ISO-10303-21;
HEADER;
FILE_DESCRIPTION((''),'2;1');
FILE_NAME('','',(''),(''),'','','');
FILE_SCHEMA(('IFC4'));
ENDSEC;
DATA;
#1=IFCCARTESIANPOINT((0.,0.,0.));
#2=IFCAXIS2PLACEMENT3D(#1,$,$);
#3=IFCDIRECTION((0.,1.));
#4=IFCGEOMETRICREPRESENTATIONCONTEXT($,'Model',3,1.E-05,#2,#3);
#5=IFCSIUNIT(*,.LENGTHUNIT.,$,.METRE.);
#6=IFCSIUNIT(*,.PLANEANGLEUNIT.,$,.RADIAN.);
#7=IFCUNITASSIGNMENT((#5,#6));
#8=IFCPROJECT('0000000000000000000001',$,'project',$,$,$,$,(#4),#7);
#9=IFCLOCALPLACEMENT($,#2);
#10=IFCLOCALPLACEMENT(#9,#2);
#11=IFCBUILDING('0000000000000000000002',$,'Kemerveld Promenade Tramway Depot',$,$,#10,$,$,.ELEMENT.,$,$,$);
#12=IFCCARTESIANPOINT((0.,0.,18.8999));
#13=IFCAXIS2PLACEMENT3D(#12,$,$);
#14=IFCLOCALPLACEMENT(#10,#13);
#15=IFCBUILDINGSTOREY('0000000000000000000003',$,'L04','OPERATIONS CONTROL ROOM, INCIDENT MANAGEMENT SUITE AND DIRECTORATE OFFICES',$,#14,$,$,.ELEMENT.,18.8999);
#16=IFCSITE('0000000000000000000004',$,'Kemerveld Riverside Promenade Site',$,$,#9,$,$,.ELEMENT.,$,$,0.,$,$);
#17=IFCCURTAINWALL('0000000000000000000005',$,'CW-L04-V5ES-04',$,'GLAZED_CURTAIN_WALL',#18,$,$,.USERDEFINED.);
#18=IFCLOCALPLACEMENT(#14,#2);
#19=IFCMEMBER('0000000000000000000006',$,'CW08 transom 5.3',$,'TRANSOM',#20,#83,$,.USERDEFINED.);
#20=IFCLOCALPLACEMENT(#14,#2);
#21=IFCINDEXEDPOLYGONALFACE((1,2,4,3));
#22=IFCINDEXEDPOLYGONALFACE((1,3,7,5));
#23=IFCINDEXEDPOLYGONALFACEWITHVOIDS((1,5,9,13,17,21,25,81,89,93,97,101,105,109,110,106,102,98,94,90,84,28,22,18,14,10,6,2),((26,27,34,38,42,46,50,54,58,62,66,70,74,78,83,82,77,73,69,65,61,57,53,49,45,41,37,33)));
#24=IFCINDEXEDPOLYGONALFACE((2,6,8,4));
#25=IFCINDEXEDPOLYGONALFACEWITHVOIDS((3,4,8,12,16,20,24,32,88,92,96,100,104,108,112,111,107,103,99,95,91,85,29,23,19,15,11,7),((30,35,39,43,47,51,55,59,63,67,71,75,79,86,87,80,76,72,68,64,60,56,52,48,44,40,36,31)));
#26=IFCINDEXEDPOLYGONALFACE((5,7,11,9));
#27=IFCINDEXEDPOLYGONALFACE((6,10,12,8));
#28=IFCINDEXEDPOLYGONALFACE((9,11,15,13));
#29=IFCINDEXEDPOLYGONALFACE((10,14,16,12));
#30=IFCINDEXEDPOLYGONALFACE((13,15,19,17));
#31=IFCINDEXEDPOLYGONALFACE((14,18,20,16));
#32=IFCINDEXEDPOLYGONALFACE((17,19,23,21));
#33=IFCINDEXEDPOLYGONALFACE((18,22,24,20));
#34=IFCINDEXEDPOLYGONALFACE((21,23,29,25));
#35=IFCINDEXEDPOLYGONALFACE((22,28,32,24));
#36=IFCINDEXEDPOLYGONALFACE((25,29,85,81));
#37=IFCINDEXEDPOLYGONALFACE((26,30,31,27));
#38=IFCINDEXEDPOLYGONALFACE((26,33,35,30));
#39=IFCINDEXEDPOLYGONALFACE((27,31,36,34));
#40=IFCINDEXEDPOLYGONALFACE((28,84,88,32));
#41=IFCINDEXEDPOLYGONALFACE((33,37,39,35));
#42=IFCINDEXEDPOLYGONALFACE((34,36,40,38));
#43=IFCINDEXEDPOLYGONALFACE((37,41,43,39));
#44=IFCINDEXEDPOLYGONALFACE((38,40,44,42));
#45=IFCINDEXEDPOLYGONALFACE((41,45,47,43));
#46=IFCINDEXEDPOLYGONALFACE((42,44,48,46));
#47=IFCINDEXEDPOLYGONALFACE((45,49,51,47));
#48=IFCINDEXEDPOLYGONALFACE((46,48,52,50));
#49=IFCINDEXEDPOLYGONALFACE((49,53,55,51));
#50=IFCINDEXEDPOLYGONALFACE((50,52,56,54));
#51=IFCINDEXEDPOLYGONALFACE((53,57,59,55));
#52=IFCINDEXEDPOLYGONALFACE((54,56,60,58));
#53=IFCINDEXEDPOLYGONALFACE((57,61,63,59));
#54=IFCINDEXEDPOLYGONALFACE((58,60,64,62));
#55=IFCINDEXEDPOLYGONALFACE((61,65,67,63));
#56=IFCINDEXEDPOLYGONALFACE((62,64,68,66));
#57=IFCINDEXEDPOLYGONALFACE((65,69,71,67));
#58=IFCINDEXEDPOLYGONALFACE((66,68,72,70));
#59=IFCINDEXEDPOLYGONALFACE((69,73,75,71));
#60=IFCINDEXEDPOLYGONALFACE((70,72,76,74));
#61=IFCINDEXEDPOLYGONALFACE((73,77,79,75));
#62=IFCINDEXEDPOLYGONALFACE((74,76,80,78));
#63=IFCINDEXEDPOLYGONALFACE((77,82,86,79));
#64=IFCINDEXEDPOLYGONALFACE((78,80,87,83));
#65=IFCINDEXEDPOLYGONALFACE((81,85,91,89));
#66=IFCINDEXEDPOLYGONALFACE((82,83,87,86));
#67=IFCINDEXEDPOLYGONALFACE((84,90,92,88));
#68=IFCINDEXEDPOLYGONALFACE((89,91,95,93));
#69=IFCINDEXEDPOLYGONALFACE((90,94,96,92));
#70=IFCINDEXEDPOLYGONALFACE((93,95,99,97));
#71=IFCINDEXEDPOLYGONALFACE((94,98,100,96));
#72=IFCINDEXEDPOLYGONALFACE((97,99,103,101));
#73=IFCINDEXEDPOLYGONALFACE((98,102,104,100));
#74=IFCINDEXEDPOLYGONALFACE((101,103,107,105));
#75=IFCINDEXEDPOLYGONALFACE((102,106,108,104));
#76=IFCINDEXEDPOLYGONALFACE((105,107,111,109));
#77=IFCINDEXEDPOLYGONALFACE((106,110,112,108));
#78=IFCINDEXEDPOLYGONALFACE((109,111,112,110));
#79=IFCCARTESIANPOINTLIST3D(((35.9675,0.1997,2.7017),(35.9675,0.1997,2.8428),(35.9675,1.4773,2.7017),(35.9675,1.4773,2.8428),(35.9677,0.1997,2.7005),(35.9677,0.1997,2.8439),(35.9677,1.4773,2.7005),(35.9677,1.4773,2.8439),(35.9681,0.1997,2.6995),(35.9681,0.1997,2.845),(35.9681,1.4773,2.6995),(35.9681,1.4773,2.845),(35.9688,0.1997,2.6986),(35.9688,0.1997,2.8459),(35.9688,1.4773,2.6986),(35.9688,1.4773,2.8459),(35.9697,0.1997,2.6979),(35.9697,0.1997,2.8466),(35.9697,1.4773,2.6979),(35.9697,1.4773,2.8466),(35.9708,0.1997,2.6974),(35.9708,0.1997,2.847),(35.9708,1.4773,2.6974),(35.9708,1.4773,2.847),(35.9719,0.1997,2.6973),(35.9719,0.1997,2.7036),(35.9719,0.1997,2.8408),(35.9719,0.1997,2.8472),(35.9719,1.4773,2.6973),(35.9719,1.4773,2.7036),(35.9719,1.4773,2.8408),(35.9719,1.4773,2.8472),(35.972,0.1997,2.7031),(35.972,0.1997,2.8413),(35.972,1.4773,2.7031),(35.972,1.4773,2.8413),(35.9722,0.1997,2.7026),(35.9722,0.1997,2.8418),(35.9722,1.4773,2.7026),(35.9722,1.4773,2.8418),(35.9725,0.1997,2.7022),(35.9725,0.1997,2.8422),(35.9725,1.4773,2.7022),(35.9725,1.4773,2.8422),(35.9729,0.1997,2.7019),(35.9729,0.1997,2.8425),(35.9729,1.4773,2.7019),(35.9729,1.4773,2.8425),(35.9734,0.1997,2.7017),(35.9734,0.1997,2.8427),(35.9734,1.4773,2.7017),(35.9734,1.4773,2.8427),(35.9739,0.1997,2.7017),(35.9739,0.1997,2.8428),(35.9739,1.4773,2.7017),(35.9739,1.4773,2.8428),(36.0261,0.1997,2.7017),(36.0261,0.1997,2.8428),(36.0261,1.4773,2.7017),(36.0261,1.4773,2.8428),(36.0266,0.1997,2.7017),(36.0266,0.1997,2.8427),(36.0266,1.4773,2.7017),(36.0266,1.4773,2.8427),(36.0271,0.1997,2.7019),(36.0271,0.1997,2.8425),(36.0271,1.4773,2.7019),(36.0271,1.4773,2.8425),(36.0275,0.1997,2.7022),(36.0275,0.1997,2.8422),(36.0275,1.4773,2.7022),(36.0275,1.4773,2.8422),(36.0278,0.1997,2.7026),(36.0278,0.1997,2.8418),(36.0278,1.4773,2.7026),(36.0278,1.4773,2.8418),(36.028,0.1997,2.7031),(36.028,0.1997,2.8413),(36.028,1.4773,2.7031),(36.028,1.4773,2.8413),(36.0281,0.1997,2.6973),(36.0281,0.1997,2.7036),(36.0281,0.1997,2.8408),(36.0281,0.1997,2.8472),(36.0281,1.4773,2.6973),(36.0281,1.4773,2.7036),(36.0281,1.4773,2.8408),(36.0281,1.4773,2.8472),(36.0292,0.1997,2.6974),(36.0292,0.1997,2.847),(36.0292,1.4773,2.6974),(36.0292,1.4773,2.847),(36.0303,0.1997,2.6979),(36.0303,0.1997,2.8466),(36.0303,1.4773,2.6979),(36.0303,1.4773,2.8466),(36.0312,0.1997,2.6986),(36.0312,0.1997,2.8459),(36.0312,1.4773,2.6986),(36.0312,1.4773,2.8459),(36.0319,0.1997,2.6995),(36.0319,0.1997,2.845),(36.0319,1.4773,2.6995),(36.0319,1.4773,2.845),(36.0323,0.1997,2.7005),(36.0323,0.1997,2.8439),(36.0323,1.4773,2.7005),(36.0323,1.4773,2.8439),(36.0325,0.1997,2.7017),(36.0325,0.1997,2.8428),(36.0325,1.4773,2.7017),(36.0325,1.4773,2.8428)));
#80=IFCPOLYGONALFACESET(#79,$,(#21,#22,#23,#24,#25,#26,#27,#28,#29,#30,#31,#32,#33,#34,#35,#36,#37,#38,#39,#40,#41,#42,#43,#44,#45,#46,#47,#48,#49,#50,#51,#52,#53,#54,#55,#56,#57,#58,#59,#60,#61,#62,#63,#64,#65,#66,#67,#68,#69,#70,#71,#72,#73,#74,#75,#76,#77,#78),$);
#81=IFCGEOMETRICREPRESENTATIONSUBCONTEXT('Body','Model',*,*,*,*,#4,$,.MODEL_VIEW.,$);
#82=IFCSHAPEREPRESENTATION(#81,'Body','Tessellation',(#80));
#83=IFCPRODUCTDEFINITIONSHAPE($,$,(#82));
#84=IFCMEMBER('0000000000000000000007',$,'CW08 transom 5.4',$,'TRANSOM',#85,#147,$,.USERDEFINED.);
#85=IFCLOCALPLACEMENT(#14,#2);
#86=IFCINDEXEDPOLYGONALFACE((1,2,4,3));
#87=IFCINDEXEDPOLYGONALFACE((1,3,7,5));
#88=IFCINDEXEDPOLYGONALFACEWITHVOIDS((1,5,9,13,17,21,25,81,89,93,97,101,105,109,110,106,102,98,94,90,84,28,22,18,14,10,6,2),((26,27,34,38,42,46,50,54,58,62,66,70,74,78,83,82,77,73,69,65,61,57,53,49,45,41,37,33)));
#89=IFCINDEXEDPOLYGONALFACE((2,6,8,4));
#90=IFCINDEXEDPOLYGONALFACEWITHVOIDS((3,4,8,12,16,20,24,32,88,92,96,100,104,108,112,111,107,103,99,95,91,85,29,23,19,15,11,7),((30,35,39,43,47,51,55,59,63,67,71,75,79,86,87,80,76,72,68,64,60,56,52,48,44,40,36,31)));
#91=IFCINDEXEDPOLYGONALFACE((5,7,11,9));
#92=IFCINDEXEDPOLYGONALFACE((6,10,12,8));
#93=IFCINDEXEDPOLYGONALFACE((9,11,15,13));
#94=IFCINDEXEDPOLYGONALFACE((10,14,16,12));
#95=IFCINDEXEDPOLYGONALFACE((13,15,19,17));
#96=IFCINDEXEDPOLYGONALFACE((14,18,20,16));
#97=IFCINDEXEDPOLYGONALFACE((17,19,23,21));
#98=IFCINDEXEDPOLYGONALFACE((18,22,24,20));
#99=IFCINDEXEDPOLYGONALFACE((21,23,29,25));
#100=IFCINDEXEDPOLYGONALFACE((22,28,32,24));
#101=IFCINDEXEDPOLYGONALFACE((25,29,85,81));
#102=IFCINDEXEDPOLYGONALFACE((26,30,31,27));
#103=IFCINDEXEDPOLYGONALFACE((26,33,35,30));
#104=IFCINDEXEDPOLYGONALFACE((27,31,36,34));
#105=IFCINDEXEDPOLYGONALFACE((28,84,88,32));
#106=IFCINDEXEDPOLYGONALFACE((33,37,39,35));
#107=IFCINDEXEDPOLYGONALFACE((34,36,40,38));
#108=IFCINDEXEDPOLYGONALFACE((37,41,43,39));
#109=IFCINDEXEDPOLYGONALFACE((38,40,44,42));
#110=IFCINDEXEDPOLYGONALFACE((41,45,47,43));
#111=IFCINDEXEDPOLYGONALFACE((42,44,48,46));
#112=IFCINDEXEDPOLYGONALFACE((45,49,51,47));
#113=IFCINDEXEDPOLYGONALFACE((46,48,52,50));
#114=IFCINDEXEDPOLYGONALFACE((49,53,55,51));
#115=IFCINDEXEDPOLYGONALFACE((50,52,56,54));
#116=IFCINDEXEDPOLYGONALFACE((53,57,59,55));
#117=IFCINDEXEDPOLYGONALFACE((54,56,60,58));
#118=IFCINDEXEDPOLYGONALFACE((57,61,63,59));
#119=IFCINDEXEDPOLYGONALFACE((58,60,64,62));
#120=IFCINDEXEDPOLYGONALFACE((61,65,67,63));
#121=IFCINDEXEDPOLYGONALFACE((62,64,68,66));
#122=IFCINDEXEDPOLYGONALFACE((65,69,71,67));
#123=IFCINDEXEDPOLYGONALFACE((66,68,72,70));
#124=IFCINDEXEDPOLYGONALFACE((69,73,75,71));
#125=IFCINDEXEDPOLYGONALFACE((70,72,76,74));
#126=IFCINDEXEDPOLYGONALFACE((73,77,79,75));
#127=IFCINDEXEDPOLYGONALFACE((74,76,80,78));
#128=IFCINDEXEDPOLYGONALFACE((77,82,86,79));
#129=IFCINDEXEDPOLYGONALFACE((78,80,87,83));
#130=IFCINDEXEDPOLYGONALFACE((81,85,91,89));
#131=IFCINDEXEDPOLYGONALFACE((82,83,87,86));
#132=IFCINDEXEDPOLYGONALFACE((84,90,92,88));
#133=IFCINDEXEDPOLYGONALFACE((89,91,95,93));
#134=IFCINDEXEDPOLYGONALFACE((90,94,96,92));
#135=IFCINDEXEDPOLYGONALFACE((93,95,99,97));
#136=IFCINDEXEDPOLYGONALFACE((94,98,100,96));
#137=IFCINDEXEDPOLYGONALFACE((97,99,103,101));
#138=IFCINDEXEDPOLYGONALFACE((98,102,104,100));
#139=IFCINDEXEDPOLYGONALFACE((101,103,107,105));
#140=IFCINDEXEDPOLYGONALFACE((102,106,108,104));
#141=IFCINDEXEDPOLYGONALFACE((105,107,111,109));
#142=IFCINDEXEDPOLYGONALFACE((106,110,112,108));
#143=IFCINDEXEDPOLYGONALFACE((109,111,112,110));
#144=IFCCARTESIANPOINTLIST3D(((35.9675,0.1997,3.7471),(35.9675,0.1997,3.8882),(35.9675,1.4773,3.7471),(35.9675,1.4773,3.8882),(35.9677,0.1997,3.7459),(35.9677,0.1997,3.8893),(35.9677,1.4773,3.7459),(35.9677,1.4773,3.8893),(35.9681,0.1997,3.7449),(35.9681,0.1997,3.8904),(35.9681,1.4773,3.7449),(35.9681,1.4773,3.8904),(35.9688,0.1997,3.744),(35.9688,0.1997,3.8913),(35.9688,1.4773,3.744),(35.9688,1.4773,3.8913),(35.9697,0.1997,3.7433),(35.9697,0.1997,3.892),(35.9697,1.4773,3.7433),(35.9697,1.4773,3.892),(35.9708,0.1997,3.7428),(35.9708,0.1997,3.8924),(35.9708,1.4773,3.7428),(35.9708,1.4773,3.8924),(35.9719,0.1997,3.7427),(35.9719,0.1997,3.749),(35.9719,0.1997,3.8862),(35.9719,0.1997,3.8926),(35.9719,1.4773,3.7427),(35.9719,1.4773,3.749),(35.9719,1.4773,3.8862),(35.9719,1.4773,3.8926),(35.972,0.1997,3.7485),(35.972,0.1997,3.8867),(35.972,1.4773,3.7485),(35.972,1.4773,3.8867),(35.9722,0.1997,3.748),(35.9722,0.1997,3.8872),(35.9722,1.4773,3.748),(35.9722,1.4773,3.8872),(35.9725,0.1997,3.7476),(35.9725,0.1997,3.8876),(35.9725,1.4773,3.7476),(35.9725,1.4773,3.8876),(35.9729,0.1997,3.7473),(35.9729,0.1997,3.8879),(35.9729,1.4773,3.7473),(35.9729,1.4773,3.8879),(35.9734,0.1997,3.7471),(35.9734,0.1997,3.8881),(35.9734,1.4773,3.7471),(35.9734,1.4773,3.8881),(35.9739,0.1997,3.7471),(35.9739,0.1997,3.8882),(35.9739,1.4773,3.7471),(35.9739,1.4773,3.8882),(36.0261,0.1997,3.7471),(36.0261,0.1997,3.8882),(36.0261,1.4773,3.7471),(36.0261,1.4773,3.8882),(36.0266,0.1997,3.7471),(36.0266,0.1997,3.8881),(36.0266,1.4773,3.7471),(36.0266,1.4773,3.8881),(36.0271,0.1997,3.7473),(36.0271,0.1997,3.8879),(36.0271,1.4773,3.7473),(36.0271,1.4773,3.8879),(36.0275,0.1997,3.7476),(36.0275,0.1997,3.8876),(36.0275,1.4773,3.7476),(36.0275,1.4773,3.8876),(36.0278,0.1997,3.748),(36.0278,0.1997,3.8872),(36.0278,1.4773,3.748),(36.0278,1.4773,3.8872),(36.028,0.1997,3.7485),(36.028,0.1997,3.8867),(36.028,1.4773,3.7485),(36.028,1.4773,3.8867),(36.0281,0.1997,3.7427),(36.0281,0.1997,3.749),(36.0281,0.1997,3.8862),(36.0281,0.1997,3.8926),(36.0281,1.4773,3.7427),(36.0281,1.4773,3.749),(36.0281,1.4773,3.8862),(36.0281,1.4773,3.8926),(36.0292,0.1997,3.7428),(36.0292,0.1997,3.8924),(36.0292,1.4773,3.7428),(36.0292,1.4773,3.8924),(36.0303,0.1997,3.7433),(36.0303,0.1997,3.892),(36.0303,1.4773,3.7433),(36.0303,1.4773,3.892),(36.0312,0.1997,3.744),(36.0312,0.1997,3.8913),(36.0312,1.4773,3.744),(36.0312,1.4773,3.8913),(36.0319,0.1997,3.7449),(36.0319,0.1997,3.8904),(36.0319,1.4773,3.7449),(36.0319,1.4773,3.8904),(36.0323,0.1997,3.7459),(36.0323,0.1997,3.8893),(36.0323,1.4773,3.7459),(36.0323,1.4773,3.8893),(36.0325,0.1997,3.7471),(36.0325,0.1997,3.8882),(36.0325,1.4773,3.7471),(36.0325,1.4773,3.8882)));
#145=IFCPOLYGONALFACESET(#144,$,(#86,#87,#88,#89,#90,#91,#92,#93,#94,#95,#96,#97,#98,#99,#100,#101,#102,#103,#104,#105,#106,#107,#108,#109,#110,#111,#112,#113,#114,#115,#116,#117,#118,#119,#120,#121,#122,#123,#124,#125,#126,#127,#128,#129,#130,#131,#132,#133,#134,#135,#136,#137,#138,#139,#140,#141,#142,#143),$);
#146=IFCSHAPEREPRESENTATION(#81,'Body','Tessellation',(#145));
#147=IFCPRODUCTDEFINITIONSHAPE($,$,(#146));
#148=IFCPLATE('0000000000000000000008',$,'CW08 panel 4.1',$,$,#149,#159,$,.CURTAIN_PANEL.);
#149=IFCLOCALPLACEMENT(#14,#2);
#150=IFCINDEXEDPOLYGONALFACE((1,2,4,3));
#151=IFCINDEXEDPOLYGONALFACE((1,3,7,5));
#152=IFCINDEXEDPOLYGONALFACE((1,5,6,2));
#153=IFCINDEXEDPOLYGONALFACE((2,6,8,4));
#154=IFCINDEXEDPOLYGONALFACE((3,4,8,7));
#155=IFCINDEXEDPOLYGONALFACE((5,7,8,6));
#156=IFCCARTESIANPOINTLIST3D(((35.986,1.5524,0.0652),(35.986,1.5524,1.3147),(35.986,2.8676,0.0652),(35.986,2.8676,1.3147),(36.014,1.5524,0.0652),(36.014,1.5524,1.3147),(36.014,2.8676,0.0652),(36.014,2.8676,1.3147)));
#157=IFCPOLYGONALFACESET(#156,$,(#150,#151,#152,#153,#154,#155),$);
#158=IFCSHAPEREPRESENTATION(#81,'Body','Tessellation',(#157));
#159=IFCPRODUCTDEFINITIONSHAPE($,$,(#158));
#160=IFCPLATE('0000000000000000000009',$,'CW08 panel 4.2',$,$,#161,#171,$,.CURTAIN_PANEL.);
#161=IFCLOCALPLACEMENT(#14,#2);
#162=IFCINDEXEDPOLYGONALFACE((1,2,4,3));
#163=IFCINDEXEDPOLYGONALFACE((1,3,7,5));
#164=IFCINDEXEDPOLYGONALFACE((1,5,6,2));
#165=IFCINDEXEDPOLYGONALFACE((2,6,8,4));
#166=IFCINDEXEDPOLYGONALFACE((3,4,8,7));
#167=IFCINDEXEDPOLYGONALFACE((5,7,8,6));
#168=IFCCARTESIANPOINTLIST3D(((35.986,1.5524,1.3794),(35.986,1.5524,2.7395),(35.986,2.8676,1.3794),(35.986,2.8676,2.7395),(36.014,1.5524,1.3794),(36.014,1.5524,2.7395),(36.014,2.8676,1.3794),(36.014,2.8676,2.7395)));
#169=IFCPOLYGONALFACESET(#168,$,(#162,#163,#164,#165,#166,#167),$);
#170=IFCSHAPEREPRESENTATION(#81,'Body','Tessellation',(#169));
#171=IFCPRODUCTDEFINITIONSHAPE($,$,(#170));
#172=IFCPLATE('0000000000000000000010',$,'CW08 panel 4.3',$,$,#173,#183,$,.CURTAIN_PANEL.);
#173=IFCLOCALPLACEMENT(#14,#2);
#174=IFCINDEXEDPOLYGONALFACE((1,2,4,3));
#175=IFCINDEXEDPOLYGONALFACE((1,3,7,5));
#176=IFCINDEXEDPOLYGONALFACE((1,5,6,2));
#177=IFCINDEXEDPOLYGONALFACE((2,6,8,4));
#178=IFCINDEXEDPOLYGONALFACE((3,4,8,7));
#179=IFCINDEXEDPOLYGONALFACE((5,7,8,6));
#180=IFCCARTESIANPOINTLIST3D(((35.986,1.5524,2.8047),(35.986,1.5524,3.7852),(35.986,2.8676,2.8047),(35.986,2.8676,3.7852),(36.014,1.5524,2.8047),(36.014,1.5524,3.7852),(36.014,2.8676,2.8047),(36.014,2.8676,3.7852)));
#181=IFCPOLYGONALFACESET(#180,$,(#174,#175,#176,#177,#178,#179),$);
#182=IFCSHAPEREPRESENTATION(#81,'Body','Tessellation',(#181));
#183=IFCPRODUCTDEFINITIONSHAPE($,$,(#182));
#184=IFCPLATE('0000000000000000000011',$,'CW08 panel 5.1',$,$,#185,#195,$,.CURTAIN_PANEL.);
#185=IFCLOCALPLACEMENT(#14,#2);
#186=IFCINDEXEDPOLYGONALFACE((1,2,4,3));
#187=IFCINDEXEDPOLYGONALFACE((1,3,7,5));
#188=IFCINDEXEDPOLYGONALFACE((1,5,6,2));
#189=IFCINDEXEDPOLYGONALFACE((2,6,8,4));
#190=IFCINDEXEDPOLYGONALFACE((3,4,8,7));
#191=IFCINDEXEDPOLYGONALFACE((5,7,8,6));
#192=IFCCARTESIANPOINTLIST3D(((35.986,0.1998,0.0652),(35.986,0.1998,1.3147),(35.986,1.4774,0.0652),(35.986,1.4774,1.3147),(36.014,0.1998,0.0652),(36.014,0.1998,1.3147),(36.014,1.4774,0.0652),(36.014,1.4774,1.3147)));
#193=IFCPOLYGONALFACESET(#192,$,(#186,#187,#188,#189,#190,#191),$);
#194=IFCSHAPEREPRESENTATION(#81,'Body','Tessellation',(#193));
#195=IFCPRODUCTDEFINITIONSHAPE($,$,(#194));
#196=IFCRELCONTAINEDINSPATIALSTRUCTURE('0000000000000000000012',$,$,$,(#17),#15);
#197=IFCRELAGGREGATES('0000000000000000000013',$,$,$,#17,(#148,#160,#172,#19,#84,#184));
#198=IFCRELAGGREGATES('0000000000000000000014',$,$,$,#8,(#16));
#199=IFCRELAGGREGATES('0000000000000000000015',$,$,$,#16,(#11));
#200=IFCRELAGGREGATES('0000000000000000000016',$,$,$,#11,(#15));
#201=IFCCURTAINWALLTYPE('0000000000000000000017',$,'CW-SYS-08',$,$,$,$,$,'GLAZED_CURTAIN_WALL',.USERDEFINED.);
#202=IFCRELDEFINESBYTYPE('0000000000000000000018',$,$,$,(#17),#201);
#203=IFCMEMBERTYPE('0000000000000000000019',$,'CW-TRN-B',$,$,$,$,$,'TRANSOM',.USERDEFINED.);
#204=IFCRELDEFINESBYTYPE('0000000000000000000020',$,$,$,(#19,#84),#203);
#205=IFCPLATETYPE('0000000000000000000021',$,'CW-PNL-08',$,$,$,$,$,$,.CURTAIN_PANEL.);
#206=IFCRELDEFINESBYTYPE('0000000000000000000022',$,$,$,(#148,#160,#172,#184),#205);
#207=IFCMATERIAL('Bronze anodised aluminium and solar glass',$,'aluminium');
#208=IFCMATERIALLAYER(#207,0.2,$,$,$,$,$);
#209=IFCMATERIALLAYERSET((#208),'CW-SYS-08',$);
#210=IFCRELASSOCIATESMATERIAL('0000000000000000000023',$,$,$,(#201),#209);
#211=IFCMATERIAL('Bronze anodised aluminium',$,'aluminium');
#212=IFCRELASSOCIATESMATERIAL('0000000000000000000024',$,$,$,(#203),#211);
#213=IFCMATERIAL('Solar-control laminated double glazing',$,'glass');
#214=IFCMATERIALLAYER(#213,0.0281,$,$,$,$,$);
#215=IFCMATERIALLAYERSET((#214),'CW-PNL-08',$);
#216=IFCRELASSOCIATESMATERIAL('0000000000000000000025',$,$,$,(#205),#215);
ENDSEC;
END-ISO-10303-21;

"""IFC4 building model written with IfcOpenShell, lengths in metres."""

from ifc_helpers import new_model, si_unit, direction, frame, origin, origin_2d, place, context, subcontext, project, spatial, rectangle, hollow_rectangle, extrude, material, layer, layer_set, material_profile, profile_set, type_object, element, aggregate, save


model = new_model("IFC4")

# Units and contexts
model_context = context("Model", 3, precision=1e-05, world=origin(), true_north=direction((0.0, 1.0)))
body_context = subcontext(model_context, "Body", "Model", "MODEL_VIEW")
ifc_project = project(units=[si_unit("LENGTHUNIT", "METRE"), si_unit("PLANEANGLEUNIT", "RADIAN")], contexts=[model_context])

# Site, building, storey
site_placement = place(None, origin())
site = spatial("IfcSite", under=ifc_project, at=site_placement, Name="Kemerveld Riverside Promenade Site", CompositionType="ELEMENT", RefElevation=0.0)
building_placement = place(site_placement, origin())
building = spatial("IfcBuilding", under=site, at=building_placement, Name="Kemerveld Promenade Tramway Depot", CompositionType="ELEMENT")
storey_placement = place(building_placement, frame((0.0, 0.0, 18.8999)))
storey = spatial("IfcBuildingStorey", under=building, at=storey_placement, Name="L04", Description="OPERATIONS CONTROL ROOM, INCIDENT MANAGEMENT SUITE AND DIRECTORATE OFFICES", CompositionType="ELEMENT", Elevation=18.8999)

# Shared definitions
ifc_material_1 = material(Name="Bronze anodised aluminium and solar glass", Category="aluminium")
ifc_material_2 = material(Name="Bronze anodised aluminium", Category="aluminium")

# Curtain wall
ifc_layer_1 = layer(ifc_material_1, 0.2)
ifc_layer_set_1 = layer_set([ifc_layer_1], Name="CW-SYS-08")
curtain_wall_type_1 = type_object("IfcCurtainWallType", Name="CW-SYS-08", ElementType="GLAZED_CURTAIN_WALL", PredefinedType="USERDEFINED", material=ifc_layer_set_1)
curtain_wall_1_placement = place(storey_placement, origin())
curtain_wall_1 = element("IfcCurtainWall", 1, at=curtain_wall_1_placement, inside=storey, type_object=curtain_wall_type_1, Name="CW-L04-V5ES-04", ObjectType="GLAZED_CURTAIN_WALL", PredefinedType="USERDEFINED")

# Members
ifc_material_profile_1 = material_profile(ifc_material_2, hollow_rectangle(XDim=0.0649, YDim=0.1499, WallThickness=0.0044, InnerFilletRadius=0.002, OuterFilletRadius=0.0044, at=origin_2d()), Name="CW-TRN-150x65")
ifc_profile_set_1 = profile_set([ifc_material_profile_1], Name="Bronze anodised aluminium")
member_type_1 = type_object("IfcMemberType", Name="CW-TRN-B", ElementType="TRANSOM", PredefinedType="USERDEFINED", material=ifc_profile_set_1)
member_1_placement = place(storey_placement, frame((36.0, 1.4773, 2.7722), z_axis=(0.0, -1.0, 0.0), x_axis=(1.0, 0.0, 0.0)))
member_1 = element("IfcMember", 2, at=member_1_placement, type_object=member_type_1, Name="CW08 transom 5.3", ObjectType="TRANSOM", PredefinedType="USERDEFINED", context=body_context, shape_type="SweptSolid", body=[
    extrude(hollow_rectangle(XDim=0.0649, YDim=0.1499, WallThickness=0.0044, InnerFilletRadius=0.002, OuterFilletRadius=0.0044, at=origin_2d()), origin(), (0.0, 0.0, 1.0), 1.2776),
])
member_2_placement = place(storey_placement, frame((36.0, 1.4773, 3.8176), z_axis=(0.0, -1.0, 0.0), x_axis=(1.0, 0.0, 0.0)))
member_2 = element("IfcMember", 3, at=member_2_placement, type_object=member_type_1, Name="CW08 transom 5.4", ObjectType="TRANSOM", PredefinedType="USERDEFINED", context=body_context, shape_type="SweptSolid", body=[
    extrude(hollow_rectangle(XDim=0.0649, YDim=0.1499, WallThickness=0.0044, InnerFilletRadius=0.002, OuterFilletRadius=0.0044, at=origin_2d()), origin(), (0.0, 0.0, 1.0), 1.2776),
])

# Plates
ifc_material_3 = material(Name="Solar-control laminated double glazing", Category="glass")
ifc_layer_2 = layer(ifc_material_3, 0.0281)
ifc_layer_set_2 = layer_set([ifc_layer_2], Name="CW-PNL-08")
plate_type_1 = type_object("IfcPlateType", Name="CW-PNL-08", PredefinedType="CURTAIN_PANEL", material=ifc_layer_set_2)
plate_1_placement = place(storey_placement, frame((36.0, 2.21, 0.0652), z_axis=(0.0, 0.0, 1.0), x_axis=(0.0, -1.0, 0.0)))
plate_1 = element("IfcPlate", 4, at=plate_1_placement, type_object=plate_type_1, Name="CW08 panel 4.1", PredefinedType="CURTAIN_PANEL", context=body_context, shape_type="SweptSolid", body=[
    extrude(rectangle(XDim=1.3152, YDim=0.0281, at=origin_2d()), origin(), (0.0, 0.0, 1.0), 1.2495),
])
plate_2_placement = place(storey_placement, frame((36.0, 2.21, 1.3794), z_axis=(0.0, 0.0, 1.0), x_axis=(0.0, -1.0, 0.0)))
plate_2 = element("IfcPlate", 5, at=plate_2_placement, type_object=plate_type_1, Name="CW08 panel 4.2", PredefinedType="CURTAIN_PANEL", context=body_context, shape_type="SweptSolid", body=[
    extrude(rectangle(XDim=1.3152, YDim=0.0281, at=origin_2d()), origin(), (0.0, 0.0, 1.0), 1.3601),
])
plate_3_placement = place(storey_placement, frame((36.0, 2.21, 2.8047), z_axis=(0.0, 0.0, 1.0), x_axis=(0.0, -1.0, 0.0)))
plate_3 = element("IfcPlate", 6, at=plate_3_placement, type_object=plate_type_1, Name="CW08 panel 4.3", PredefinedType="CURTAIN_PANEL", context=body_context, shape_type="SweptSolid", body=[
    extrude(rectangle(XDim=1.3152, YDim=0.0281, at=origin_2d()), origin(), (0.0, 0.0, 1.0), 0.9805),
])
plate_4_placement = place(storey_placement, frame((36.0, 0.8386, 0.0652), z_axis=(0.0, 0.0, 1.0), x_axis=(0.0, -1.0, 0.0)))
plate_4 = element("IfcPlate", 7, at=plate_4_placement, type_object=plate_type_1, Name="CW08 panel 5.1", PredefinedType="CURTAIN_PANEL", context=body_context, shape_type="SweptSolid", body=[
    extrude(rectangle(XDim=1.2776, YDim=0.0281, at=origin_2d()), origin(), (0.0, 0.0, 1.0), 1.2495),
])
aggregate(curtain_wall_1, [plate_1, plate_2, plate_3, member_1, member_2, plate_4])

save(model, "model.ifc")
